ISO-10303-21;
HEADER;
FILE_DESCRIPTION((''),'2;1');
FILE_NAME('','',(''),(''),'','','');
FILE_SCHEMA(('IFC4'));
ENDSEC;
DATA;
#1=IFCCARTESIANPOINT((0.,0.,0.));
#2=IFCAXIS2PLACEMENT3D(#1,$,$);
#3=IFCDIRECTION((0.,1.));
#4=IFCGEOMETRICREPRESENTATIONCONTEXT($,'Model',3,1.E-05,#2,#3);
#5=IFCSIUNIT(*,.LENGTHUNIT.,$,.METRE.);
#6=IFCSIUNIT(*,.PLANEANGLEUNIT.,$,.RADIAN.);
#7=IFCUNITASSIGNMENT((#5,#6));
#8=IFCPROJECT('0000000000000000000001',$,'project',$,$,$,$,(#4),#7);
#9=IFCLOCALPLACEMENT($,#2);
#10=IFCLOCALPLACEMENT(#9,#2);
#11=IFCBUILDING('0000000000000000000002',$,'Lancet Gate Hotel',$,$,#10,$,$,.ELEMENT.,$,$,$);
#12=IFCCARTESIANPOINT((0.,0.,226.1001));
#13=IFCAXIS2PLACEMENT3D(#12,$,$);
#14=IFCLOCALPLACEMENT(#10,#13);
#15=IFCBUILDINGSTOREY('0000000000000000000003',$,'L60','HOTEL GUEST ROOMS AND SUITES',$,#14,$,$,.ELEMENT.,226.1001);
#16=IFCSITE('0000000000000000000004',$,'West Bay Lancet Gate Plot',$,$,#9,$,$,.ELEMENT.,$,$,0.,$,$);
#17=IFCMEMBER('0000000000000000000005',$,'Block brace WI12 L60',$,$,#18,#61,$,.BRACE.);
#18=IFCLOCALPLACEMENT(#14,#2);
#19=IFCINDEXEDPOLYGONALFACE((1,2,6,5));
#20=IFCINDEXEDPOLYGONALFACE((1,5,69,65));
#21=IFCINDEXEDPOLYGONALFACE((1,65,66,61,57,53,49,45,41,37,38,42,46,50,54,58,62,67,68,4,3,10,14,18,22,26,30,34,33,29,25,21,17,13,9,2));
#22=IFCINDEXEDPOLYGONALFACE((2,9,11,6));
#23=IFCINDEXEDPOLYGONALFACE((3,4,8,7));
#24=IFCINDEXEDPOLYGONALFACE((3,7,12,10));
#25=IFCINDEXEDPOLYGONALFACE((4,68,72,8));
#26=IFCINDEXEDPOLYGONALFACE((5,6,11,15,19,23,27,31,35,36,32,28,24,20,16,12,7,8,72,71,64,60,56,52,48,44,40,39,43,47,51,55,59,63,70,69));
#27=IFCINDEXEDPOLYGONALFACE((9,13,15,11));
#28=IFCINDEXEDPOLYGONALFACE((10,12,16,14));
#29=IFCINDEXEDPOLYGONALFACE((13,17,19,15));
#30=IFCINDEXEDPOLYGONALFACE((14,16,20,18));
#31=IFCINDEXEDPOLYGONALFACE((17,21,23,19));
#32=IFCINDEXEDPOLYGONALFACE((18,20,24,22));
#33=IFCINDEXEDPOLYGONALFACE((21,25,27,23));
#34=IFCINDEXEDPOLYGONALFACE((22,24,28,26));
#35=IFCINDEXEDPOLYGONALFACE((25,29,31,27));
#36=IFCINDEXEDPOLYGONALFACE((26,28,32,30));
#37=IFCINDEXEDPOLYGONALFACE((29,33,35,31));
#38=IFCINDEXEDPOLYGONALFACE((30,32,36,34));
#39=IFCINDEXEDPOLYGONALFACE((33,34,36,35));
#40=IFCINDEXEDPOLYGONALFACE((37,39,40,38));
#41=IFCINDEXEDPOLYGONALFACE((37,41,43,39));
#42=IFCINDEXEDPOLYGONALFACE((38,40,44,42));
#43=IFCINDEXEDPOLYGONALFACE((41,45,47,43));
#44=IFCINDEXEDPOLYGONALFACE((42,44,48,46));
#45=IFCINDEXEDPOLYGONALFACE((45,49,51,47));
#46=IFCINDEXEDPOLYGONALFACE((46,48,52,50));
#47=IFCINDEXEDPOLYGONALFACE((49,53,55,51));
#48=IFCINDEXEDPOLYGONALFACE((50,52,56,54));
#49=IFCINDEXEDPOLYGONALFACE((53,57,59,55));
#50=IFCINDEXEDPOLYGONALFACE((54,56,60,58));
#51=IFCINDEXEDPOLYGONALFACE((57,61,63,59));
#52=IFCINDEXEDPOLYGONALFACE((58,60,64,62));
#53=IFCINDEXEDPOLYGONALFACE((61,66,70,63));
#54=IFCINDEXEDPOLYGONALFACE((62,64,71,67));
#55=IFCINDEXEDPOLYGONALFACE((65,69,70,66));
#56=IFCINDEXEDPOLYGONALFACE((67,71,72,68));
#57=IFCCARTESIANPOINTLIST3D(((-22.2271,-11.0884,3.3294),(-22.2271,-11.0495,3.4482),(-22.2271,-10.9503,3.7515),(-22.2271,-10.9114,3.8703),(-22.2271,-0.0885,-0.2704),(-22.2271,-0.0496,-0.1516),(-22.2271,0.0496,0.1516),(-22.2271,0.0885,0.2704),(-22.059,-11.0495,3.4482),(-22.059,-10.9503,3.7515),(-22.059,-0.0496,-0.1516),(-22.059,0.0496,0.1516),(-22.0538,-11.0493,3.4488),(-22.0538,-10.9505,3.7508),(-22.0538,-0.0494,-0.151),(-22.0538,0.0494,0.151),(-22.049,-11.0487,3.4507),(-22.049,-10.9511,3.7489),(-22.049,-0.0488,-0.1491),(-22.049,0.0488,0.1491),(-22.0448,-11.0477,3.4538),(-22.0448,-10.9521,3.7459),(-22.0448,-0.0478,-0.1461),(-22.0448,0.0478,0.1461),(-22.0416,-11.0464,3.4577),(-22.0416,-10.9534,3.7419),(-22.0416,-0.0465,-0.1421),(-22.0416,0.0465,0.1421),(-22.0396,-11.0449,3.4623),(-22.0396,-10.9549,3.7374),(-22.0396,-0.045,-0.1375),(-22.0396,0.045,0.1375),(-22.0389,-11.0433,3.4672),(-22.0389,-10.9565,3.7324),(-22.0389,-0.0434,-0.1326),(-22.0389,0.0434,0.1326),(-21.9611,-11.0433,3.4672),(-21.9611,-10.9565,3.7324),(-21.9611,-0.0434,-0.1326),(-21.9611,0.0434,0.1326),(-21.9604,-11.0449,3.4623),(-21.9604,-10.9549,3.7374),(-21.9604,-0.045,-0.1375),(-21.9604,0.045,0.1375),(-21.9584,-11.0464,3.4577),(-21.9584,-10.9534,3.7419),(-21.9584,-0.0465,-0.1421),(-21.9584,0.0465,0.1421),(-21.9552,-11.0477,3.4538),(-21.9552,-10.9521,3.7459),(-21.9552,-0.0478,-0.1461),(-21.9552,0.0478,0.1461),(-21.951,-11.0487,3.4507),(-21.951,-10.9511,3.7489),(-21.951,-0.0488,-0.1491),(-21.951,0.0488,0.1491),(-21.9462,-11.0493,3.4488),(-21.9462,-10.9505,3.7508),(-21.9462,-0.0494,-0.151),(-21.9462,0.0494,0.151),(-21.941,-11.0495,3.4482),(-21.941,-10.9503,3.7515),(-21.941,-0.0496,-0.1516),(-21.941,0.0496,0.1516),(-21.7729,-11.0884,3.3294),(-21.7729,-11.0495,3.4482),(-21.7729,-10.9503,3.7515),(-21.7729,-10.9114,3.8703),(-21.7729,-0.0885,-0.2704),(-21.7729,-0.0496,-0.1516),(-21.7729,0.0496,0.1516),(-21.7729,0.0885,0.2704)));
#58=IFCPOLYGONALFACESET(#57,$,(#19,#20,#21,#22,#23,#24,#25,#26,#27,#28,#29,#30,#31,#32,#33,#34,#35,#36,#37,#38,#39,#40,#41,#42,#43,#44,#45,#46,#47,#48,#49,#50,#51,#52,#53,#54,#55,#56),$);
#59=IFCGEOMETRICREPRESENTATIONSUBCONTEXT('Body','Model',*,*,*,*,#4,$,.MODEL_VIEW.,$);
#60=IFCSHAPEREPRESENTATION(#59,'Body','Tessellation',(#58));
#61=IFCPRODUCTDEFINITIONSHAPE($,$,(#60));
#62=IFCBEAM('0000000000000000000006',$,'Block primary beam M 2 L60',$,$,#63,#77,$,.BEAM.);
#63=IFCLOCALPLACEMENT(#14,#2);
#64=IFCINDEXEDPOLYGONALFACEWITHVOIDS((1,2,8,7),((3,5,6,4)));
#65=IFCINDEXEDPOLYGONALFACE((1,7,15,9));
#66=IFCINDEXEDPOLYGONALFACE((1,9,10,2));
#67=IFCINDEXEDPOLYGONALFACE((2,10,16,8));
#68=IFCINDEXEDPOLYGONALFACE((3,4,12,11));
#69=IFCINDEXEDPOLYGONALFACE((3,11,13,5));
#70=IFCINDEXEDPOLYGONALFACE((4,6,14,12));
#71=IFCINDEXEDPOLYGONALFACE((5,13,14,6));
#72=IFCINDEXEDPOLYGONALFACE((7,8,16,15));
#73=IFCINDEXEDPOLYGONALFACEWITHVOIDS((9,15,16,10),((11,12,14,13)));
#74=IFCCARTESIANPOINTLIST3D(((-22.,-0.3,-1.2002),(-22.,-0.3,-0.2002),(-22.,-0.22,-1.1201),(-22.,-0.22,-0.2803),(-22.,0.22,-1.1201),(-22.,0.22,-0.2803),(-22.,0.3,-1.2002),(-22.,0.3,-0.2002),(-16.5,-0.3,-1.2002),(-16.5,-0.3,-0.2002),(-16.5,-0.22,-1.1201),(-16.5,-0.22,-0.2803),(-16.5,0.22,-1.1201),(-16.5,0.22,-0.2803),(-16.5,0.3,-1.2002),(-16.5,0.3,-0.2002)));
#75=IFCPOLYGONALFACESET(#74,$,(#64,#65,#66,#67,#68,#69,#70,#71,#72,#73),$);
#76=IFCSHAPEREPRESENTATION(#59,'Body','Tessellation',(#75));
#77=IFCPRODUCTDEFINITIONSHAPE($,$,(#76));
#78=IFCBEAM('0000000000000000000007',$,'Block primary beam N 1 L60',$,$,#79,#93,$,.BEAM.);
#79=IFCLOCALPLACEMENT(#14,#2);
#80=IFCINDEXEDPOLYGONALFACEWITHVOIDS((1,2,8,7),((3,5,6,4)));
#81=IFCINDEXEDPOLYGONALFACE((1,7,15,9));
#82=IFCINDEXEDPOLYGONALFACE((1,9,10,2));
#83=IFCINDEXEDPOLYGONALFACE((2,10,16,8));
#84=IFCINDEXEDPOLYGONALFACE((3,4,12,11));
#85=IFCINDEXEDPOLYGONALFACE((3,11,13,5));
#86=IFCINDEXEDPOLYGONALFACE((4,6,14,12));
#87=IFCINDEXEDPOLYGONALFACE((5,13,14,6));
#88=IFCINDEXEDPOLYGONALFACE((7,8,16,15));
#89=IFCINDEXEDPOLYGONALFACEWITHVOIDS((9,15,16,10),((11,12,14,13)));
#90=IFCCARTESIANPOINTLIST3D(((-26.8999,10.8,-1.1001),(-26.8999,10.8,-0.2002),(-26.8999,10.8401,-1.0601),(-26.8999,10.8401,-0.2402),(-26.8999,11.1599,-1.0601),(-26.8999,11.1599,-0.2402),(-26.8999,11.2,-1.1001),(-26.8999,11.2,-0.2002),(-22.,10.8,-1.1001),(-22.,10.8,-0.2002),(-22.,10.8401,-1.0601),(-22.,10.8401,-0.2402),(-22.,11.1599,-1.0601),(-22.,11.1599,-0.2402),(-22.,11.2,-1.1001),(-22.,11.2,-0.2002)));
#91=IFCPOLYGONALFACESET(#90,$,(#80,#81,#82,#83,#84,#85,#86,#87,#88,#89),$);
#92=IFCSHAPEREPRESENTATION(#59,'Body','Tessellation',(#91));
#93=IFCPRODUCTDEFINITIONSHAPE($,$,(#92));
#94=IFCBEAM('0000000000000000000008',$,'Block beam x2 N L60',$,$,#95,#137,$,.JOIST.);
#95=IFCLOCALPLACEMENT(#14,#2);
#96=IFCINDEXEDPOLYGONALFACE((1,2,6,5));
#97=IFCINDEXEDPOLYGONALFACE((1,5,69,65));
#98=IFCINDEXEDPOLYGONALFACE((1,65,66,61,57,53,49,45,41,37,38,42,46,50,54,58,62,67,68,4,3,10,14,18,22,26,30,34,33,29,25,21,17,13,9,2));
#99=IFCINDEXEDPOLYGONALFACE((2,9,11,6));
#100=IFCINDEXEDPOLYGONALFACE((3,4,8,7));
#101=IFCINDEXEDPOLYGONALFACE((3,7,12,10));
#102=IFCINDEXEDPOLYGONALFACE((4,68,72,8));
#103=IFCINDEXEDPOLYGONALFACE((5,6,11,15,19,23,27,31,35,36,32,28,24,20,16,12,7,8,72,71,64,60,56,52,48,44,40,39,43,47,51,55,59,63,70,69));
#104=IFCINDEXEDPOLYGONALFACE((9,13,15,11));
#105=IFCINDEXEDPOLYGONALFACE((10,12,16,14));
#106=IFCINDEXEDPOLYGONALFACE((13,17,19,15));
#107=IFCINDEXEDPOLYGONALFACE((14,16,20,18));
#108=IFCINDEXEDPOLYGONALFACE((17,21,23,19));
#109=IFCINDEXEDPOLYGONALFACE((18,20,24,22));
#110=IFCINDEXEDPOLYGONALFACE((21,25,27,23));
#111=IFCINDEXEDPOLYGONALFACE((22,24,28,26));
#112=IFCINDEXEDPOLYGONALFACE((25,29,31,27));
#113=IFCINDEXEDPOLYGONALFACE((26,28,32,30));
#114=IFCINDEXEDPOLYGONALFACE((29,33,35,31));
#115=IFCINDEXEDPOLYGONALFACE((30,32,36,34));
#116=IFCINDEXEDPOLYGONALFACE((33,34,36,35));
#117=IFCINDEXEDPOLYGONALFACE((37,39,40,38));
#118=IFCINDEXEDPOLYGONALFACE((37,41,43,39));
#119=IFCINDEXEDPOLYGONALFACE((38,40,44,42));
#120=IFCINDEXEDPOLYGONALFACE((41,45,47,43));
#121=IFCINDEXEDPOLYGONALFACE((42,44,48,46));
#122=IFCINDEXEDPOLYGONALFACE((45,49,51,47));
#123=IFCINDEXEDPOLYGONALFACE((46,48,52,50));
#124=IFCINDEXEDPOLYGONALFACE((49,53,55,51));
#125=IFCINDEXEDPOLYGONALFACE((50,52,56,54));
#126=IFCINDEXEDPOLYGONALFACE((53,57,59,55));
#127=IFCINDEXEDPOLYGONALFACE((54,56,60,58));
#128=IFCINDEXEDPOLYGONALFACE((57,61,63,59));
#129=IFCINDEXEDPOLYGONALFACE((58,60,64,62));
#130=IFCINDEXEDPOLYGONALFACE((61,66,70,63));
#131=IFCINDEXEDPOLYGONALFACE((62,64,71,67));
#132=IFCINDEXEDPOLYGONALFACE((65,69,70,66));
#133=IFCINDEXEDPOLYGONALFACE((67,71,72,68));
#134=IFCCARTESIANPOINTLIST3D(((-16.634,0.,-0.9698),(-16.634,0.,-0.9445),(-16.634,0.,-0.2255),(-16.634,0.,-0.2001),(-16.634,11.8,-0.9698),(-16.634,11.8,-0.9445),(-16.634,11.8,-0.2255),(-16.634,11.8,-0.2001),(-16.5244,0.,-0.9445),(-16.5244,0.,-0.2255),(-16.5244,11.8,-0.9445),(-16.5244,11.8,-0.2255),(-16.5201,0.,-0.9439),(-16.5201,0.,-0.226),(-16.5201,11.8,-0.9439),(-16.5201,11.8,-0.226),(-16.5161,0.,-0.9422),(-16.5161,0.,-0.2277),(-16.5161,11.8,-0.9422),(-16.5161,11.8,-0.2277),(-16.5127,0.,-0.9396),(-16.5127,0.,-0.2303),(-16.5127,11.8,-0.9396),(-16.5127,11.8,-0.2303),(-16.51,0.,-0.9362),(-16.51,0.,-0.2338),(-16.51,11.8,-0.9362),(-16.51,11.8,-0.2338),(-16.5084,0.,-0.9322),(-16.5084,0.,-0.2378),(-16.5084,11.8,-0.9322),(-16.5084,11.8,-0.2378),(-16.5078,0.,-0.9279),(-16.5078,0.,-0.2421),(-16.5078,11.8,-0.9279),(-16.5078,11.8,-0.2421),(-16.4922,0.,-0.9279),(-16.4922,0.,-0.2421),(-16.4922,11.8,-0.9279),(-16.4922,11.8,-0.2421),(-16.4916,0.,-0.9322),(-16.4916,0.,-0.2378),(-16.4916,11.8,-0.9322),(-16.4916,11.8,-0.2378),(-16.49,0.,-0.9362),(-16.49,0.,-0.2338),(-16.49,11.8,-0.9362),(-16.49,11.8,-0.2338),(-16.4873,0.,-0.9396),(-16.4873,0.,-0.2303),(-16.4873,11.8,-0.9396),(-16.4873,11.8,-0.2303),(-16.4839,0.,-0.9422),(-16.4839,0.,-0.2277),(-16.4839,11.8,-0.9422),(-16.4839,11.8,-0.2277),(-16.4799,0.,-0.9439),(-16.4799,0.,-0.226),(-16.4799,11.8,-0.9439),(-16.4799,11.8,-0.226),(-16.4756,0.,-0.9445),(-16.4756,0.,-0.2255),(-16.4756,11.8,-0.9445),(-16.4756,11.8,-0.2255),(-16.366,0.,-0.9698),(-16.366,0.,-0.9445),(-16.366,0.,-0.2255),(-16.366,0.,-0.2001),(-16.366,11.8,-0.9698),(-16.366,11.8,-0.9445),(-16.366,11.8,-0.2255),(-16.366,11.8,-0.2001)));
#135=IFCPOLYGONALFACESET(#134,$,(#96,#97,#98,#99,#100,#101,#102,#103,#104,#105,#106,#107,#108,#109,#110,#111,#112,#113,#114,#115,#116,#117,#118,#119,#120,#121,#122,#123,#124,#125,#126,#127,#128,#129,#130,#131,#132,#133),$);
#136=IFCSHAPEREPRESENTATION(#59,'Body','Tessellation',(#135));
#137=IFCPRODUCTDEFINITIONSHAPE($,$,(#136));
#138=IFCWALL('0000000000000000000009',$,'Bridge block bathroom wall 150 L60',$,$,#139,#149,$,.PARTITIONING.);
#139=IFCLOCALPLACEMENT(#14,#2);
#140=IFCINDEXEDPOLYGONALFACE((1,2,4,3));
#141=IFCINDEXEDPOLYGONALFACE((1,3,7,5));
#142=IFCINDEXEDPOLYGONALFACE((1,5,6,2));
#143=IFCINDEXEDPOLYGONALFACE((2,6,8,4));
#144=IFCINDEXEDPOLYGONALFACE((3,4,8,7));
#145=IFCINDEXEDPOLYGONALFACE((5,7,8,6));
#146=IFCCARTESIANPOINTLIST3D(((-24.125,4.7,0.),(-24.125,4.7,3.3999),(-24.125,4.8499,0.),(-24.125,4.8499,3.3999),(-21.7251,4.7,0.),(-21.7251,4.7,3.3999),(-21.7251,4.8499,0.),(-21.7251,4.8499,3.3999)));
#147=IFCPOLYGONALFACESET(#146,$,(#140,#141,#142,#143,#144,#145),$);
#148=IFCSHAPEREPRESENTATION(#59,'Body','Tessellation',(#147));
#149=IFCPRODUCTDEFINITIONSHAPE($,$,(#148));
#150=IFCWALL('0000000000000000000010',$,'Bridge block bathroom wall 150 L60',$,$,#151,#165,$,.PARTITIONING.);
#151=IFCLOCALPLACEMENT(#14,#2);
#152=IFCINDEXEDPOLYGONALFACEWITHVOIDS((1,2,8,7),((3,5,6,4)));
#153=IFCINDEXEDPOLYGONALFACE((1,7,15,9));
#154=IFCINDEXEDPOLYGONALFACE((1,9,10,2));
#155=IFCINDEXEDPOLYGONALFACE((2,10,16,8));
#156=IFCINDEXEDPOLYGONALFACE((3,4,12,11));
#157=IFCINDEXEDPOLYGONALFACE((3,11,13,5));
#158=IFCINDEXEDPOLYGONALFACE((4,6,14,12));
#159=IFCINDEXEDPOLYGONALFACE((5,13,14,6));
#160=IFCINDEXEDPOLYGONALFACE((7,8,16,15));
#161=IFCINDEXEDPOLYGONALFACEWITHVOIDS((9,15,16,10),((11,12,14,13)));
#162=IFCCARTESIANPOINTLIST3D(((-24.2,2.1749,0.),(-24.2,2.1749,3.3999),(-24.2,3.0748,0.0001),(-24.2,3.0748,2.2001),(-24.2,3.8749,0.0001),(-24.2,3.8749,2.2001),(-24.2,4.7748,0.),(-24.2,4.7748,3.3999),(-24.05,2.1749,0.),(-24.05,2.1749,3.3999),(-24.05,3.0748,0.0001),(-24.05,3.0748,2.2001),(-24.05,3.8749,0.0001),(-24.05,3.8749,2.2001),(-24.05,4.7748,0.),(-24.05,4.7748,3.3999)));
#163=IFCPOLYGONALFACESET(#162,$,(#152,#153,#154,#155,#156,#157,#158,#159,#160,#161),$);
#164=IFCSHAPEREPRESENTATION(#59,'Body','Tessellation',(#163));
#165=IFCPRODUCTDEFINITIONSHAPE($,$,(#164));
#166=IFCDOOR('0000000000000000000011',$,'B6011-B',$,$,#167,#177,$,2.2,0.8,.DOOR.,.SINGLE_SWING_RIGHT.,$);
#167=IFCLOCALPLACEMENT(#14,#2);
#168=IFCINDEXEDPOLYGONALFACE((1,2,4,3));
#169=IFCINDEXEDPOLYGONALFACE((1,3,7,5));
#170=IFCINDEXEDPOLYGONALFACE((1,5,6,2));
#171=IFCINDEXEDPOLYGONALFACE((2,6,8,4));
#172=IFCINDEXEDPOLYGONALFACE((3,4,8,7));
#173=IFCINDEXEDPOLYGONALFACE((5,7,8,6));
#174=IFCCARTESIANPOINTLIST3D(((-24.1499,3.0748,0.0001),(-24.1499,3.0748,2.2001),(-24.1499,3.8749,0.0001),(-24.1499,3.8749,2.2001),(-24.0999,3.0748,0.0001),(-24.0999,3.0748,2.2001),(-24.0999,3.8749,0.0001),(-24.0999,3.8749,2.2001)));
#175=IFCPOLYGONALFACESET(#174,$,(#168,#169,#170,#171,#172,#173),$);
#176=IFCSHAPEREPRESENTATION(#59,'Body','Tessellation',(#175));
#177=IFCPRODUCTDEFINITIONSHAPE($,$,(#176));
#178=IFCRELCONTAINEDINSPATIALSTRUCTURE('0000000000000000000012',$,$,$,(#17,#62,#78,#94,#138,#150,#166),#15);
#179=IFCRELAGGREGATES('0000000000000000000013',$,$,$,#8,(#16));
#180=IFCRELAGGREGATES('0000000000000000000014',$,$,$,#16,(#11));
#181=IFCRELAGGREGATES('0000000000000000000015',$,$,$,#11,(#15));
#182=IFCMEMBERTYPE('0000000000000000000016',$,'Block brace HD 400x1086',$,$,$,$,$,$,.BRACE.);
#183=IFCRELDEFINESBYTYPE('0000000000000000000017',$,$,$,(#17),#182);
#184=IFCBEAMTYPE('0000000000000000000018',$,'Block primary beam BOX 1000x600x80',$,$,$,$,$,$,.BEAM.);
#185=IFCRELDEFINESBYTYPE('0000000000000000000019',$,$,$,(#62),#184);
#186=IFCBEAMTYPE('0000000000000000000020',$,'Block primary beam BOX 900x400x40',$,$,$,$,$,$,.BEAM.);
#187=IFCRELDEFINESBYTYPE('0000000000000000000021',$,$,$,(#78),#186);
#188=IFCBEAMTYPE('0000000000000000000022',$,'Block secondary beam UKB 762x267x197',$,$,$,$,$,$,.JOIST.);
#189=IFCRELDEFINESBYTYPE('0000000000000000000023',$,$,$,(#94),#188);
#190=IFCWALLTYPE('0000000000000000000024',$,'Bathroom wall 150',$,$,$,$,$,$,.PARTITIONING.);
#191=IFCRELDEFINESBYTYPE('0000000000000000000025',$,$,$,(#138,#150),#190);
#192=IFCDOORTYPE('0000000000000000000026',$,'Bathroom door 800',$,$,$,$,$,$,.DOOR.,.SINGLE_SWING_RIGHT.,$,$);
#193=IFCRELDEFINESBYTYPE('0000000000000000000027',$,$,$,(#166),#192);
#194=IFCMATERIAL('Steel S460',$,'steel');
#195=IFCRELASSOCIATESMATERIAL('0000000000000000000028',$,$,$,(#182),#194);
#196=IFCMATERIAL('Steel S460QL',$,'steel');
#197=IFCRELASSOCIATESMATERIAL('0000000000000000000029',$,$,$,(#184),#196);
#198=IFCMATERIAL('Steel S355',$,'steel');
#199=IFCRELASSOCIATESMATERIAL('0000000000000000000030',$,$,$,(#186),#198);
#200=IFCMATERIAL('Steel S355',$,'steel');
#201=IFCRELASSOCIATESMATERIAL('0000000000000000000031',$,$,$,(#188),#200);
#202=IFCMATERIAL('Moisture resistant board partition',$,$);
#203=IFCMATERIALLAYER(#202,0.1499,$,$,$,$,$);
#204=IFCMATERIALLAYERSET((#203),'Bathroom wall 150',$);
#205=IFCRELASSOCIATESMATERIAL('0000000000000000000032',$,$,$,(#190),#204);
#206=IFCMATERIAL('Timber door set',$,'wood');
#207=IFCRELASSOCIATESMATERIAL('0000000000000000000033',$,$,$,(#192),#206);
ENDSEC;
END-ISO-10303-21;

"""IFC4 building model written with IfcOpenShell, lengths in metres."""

from ifc_helpers import new_model, si_unit, direction, frame, frame_2d, origin, origin_2d, place, context, subcontext, project, spatial, rectangle, hollow_rectangle, i_section, extrude, material, layer, layer_set, material_profile, profile_set, type_object, element, fill, save


model = new_model("IFC4")

# Units and contexts
model_context = context("Model", 3, precision=1e-05, world=origin(), true_north=direction((0.0, 1.0)))
body_context = subcontext(model_context, "Body", "Model", "MODEL_VIEW")
ifc_project = project(units=[si_unit("LENGTHUNIT", "METRE"), si_unit("PLANEANGLEUNIT", "RADIAN")], contexts=[model_context])

# Site, building, storey
site_placement = place(None, origin())
site = spatial("IfcSite", under=ifc_project, at=site_placement, Name="West Bay Lancet Gate Plot", CompositionType="ELEMENT", RefElevation=0.0)
building_placement = place(site_placement, origin())
building = spatial("IfcBuilding", under=site, at=building_placement, Name="Lancet Gate Hotel", CompositionType="ELEMENT")
storey_placement = place(building_placement, frame((0.0, 0.0, 226.1001)))
storey = spatial("IfcBuildingStorey", under=building, at=storey_placement, Name="L60", Description="HOTEL GUEST ROOMS AND SUITES", CompositionType="ELEMENT", Elevation=226.1001)

# Member
ifc_material_1 = material(Name="Steel S460", Category="steel")
ifc_material_profile_1 = material_profile(ifc_material_1, i_section(OverallWidth=0.4541, OverallDepth=0.5691, WebThickness=0.0779, FlangeThickness=0.125, FilletRadius=0.02, at=origin_2d()), Name="HD 400x1086")
ifc_profile_set_1 = profile_set([ifc_material_profile_1], Name="Steel S460")
member_type = type_object("IfcMemberType", Name="Block brace HD 400x1086", PredefinedType="BRACE", material=ifc_profile_set_1)
member_placement = place(storey_placement, frame((-22.0, 0.0, 0.0), z_axis=(0.0, -0.950401, 0.311028), x_axis=(1.0, 0.0, 0.0)))
element("IfcMember", 1, at=member_placement, inside=storey, type_object=member_type, Name="Block brace WI12 L60", PredefinedType="BRACE", context=body_context, shape_type="SweptSolid", body=[
    extrude(i_section(OverallWidth=0.4541, OverallDepth=0.5691, WebThickness=0.0779, FlangeThickness=0.125, FilletRadius=0.02, at=origin_2d()), origin(), (0.0, 0.0, 1.0), 11.574),
])

# Beams
ifc_material_2 = material(Name="Steel S460QL", Category="steel")
ifc_material_profile_2 = material_profile(ifc_material_2, hollow_rectangle(XDim=0.6001, YDim=1.0, WallThickness=0.0801, at=origin_2d()), Name="BOX 1000x600x80")
ifc_profile_set_2 = profile_set([ifc_material_profile_2], Name="Steel S460QL")
beam_type_1 = type_object("IfcBeamType", Name="Block primary beam BOX 1000x600x80", PredefinedType="BEAM", material=ifc_profile_set_2)
beam_1_placement = place(storey_placement, frame((-22.0, 0.0, -0.7002), z_axis=(1.0, 0.0, 0.0), x_axis=(0.0, 1.0, 0.0)))
element("IfcBeam", 2, at=beam_1_placement, inside=storey, type_object=beam_type_1, Name="Block primary beam M 2 L60", PredefinedType="BEAM", context=body_context, shape_type="SweptSolid", body=[
    extrude(hollow_rectangle(XDim=0.6001, YDim=1.0, WallThickness=0.0801, at=origin_2d()), origin(), (0.0, 0.0, 1.0), 5.5),
])
ifc_material_3 = material(Name="Steel S355", Category="steel")
ifc_material_profile_3 = material_profile(ifc_material_3, hollow_rectangle(XDim=0.3999, YDim=0.8999, WallThickness=0.04, at=origin_2d()), Name="BOX 900x400x40")
ifc_profile_set_3 = profile_set([ifc_material_profile_3], Name="Steel S355")
beam_type_2 = type_object("IfcBeamType", Name="Block primary beam BOX 900x400x40", PredefinedType="BEAM", material=ifc_profile_set_3)
beam_2_placement = place(storey_placement, frame((-26.8999, 11.0, -0.6501), z_axis=(1.0, 0.0, 0.0), x_axis=(0.0, 1.0, 0.0)))
element("IfcBeam", 3, at=beam_2_placement, inside=storey, type_object=beam_type_2, Name="Block primary beam N 1 L60", PredefinedType="BEAM", context=body_context, shape_type="SweptSolid", body=[
    extrude(hollow_rectangle(XDim=0.3999, YDim=0.8999, WallThickness=0.04, at=origin_2d()), origin(), (0.0, 0.0, 1.0), 4.8999),
])
ifc_material_4 = material(Name="Steel S355", Category="steel")
ifc_material_profile_4 = material_profile(ifc_material_4, i_section(OverallWidth=0.2681, OverallDepth=0.7698, WebThickness=0.0156, FlangeThickness=0.0254, FilletRadius=0.0166, at=origin_2d()), Name="UKB 762x267x197")
ifc_profile_set_4 = profile_set([ifc_material_profile_4], Name="Steel S355")
beam_type_3 = type_object("IfcBeamType", Name="Block secondary beam UKB 762x267x197", PredefinedType="JOIST", material=ifc_profile_set_4)
beam_3_placement = place(storey_placement, frame((-16.5, 0.0, -0.585), z_axis=(0.0, 1.0, 0.0), x_axis=(-1.0, 0.0, 0.0)))
element("IfcBeam", 4, at=beam_3_placement, inside=storey, type_object=beam_type_3, Name="Block beam x2 N L60", PredefinedType="JOIST", context=body_context, shape_type="SweptSolid", body=[
    extrude(i_section(OverallWidth=0.2681, OverallDepth=0.7698, WebThickness=0.0156, FlangeThickness=0.0254, FilletRadius=0.0166, at=origin_2d()), origin(), (0.0, 0.0, 1.0), 11.8),
])

# Wall
ifc_material_5 = material(Name="Moisture resistant board partition")
ifc_layer_1 = layer(ifc_material_5, 0.1499)
ifc_layer_set_1 = layer_set([ifc_layer_1], Name="Bathroom wall 150")
wall_type_1 = type_object("IfcWallType", Name="Bathroom wall 150", PredefinedType="PARTITIONING", material=ifc_layer_set_1)
wall_1_placement = place(storey_placement, frame((-24.125, 4.7749, 0.0), z_axis=(0.0, 0.0, 1.0), x_axis=(1.0, 0.0, 0.0)))
element("IfcWall", 5, at=wall_1_placement, inside=storey, type_object=wall_type_1, Name="Bridge block bathroom wall 150 L60", PredefinedType="PARTITIONING", context=body_context, shape_type="SweptSolid", body=[
    extrude(rectangle(XDim=2.3999, YDim=0.1499, at=frame_2d((1.2, 0.0))), origin(), (0.0, 0.0, 1.0), 3.3999),
])

# Wall, opening, door
wall_2_placement = place(storey_placement, frame((-24.125, 2.175, 0.0), z_axis=(0.0, 0.0, 1.0), x_axis=(0.0, 1.0, 0.0)))
wall_2 = element("IfcWall", 6, at=wall_2_placement, inside=storey, type_object=wall_type_1, Name="Bridge block bathroom wall 150 L60", PredefinedType="PARTITIONING", context=body_context, shape_type="SweptSolid", body=[
    extrude(rectangle(XDim=2.5999, YDim=0.1499, at=frame_2d((1.2998, 0.0))), origin(), (0.0, 0.0, 1.0), 3.3999),
])
opening_1_placement = place(wall_2_placement, frame((0.8999, 0.0, 0.0)))
opening_1 = element("IfcOpeningElement", 7, at=opening_1_placement, cuts=wall_2, PredefinedType="OPENING", context=body_context, shape_type="SweptSolid", body=[
    extrude(rectangle(XDim=0.8, YDim=2.2, at=frame_2d((0.3999, 1.1001))), frame((0.0, 0.085, 0.0), z_axis=(0.0, -1.0, 0.0), x_axis=(1.0, 0.0, 0.0)), (0.0, 0.0, 1.0), 0.1699),
])
ifc_material_6 = material(Name="Timber door set", Category="wood")
door_type = type_object("IfcDoorType", Name="Bathroom door 800", OperationType="SINGLE_SWING_RIGHT", PredefinedType="DOOR", material=ifc_material_6)
door_1_placement = place(opening_1_placement, origin())
door_1 = element("IfcDoor", 8, at=door_1_placement, inside=storey, type_object=door_type, Name="B6011-B", OperationType="SINGLE_SWING_RIGHT", OverallHeight=2.2, OverallWidth=0.8, PredefinedType="DOOR", context=body_context, shape_type="SweptSolid", body=[
    extrude(rectangle(XDim=0.8, YDim=2.2, at=frame_2d((0.3999, 1.1001))), frame((0.0, 0.0249, 0.0), z_axis=(0.0, -1.0, 0.0), x_axis=(1.0, 0.0, 0.0)), (0.0, 0.0, 1.0), 0.05),
])
fill(opening_1, door_1)

save(model, "model.ifc")
